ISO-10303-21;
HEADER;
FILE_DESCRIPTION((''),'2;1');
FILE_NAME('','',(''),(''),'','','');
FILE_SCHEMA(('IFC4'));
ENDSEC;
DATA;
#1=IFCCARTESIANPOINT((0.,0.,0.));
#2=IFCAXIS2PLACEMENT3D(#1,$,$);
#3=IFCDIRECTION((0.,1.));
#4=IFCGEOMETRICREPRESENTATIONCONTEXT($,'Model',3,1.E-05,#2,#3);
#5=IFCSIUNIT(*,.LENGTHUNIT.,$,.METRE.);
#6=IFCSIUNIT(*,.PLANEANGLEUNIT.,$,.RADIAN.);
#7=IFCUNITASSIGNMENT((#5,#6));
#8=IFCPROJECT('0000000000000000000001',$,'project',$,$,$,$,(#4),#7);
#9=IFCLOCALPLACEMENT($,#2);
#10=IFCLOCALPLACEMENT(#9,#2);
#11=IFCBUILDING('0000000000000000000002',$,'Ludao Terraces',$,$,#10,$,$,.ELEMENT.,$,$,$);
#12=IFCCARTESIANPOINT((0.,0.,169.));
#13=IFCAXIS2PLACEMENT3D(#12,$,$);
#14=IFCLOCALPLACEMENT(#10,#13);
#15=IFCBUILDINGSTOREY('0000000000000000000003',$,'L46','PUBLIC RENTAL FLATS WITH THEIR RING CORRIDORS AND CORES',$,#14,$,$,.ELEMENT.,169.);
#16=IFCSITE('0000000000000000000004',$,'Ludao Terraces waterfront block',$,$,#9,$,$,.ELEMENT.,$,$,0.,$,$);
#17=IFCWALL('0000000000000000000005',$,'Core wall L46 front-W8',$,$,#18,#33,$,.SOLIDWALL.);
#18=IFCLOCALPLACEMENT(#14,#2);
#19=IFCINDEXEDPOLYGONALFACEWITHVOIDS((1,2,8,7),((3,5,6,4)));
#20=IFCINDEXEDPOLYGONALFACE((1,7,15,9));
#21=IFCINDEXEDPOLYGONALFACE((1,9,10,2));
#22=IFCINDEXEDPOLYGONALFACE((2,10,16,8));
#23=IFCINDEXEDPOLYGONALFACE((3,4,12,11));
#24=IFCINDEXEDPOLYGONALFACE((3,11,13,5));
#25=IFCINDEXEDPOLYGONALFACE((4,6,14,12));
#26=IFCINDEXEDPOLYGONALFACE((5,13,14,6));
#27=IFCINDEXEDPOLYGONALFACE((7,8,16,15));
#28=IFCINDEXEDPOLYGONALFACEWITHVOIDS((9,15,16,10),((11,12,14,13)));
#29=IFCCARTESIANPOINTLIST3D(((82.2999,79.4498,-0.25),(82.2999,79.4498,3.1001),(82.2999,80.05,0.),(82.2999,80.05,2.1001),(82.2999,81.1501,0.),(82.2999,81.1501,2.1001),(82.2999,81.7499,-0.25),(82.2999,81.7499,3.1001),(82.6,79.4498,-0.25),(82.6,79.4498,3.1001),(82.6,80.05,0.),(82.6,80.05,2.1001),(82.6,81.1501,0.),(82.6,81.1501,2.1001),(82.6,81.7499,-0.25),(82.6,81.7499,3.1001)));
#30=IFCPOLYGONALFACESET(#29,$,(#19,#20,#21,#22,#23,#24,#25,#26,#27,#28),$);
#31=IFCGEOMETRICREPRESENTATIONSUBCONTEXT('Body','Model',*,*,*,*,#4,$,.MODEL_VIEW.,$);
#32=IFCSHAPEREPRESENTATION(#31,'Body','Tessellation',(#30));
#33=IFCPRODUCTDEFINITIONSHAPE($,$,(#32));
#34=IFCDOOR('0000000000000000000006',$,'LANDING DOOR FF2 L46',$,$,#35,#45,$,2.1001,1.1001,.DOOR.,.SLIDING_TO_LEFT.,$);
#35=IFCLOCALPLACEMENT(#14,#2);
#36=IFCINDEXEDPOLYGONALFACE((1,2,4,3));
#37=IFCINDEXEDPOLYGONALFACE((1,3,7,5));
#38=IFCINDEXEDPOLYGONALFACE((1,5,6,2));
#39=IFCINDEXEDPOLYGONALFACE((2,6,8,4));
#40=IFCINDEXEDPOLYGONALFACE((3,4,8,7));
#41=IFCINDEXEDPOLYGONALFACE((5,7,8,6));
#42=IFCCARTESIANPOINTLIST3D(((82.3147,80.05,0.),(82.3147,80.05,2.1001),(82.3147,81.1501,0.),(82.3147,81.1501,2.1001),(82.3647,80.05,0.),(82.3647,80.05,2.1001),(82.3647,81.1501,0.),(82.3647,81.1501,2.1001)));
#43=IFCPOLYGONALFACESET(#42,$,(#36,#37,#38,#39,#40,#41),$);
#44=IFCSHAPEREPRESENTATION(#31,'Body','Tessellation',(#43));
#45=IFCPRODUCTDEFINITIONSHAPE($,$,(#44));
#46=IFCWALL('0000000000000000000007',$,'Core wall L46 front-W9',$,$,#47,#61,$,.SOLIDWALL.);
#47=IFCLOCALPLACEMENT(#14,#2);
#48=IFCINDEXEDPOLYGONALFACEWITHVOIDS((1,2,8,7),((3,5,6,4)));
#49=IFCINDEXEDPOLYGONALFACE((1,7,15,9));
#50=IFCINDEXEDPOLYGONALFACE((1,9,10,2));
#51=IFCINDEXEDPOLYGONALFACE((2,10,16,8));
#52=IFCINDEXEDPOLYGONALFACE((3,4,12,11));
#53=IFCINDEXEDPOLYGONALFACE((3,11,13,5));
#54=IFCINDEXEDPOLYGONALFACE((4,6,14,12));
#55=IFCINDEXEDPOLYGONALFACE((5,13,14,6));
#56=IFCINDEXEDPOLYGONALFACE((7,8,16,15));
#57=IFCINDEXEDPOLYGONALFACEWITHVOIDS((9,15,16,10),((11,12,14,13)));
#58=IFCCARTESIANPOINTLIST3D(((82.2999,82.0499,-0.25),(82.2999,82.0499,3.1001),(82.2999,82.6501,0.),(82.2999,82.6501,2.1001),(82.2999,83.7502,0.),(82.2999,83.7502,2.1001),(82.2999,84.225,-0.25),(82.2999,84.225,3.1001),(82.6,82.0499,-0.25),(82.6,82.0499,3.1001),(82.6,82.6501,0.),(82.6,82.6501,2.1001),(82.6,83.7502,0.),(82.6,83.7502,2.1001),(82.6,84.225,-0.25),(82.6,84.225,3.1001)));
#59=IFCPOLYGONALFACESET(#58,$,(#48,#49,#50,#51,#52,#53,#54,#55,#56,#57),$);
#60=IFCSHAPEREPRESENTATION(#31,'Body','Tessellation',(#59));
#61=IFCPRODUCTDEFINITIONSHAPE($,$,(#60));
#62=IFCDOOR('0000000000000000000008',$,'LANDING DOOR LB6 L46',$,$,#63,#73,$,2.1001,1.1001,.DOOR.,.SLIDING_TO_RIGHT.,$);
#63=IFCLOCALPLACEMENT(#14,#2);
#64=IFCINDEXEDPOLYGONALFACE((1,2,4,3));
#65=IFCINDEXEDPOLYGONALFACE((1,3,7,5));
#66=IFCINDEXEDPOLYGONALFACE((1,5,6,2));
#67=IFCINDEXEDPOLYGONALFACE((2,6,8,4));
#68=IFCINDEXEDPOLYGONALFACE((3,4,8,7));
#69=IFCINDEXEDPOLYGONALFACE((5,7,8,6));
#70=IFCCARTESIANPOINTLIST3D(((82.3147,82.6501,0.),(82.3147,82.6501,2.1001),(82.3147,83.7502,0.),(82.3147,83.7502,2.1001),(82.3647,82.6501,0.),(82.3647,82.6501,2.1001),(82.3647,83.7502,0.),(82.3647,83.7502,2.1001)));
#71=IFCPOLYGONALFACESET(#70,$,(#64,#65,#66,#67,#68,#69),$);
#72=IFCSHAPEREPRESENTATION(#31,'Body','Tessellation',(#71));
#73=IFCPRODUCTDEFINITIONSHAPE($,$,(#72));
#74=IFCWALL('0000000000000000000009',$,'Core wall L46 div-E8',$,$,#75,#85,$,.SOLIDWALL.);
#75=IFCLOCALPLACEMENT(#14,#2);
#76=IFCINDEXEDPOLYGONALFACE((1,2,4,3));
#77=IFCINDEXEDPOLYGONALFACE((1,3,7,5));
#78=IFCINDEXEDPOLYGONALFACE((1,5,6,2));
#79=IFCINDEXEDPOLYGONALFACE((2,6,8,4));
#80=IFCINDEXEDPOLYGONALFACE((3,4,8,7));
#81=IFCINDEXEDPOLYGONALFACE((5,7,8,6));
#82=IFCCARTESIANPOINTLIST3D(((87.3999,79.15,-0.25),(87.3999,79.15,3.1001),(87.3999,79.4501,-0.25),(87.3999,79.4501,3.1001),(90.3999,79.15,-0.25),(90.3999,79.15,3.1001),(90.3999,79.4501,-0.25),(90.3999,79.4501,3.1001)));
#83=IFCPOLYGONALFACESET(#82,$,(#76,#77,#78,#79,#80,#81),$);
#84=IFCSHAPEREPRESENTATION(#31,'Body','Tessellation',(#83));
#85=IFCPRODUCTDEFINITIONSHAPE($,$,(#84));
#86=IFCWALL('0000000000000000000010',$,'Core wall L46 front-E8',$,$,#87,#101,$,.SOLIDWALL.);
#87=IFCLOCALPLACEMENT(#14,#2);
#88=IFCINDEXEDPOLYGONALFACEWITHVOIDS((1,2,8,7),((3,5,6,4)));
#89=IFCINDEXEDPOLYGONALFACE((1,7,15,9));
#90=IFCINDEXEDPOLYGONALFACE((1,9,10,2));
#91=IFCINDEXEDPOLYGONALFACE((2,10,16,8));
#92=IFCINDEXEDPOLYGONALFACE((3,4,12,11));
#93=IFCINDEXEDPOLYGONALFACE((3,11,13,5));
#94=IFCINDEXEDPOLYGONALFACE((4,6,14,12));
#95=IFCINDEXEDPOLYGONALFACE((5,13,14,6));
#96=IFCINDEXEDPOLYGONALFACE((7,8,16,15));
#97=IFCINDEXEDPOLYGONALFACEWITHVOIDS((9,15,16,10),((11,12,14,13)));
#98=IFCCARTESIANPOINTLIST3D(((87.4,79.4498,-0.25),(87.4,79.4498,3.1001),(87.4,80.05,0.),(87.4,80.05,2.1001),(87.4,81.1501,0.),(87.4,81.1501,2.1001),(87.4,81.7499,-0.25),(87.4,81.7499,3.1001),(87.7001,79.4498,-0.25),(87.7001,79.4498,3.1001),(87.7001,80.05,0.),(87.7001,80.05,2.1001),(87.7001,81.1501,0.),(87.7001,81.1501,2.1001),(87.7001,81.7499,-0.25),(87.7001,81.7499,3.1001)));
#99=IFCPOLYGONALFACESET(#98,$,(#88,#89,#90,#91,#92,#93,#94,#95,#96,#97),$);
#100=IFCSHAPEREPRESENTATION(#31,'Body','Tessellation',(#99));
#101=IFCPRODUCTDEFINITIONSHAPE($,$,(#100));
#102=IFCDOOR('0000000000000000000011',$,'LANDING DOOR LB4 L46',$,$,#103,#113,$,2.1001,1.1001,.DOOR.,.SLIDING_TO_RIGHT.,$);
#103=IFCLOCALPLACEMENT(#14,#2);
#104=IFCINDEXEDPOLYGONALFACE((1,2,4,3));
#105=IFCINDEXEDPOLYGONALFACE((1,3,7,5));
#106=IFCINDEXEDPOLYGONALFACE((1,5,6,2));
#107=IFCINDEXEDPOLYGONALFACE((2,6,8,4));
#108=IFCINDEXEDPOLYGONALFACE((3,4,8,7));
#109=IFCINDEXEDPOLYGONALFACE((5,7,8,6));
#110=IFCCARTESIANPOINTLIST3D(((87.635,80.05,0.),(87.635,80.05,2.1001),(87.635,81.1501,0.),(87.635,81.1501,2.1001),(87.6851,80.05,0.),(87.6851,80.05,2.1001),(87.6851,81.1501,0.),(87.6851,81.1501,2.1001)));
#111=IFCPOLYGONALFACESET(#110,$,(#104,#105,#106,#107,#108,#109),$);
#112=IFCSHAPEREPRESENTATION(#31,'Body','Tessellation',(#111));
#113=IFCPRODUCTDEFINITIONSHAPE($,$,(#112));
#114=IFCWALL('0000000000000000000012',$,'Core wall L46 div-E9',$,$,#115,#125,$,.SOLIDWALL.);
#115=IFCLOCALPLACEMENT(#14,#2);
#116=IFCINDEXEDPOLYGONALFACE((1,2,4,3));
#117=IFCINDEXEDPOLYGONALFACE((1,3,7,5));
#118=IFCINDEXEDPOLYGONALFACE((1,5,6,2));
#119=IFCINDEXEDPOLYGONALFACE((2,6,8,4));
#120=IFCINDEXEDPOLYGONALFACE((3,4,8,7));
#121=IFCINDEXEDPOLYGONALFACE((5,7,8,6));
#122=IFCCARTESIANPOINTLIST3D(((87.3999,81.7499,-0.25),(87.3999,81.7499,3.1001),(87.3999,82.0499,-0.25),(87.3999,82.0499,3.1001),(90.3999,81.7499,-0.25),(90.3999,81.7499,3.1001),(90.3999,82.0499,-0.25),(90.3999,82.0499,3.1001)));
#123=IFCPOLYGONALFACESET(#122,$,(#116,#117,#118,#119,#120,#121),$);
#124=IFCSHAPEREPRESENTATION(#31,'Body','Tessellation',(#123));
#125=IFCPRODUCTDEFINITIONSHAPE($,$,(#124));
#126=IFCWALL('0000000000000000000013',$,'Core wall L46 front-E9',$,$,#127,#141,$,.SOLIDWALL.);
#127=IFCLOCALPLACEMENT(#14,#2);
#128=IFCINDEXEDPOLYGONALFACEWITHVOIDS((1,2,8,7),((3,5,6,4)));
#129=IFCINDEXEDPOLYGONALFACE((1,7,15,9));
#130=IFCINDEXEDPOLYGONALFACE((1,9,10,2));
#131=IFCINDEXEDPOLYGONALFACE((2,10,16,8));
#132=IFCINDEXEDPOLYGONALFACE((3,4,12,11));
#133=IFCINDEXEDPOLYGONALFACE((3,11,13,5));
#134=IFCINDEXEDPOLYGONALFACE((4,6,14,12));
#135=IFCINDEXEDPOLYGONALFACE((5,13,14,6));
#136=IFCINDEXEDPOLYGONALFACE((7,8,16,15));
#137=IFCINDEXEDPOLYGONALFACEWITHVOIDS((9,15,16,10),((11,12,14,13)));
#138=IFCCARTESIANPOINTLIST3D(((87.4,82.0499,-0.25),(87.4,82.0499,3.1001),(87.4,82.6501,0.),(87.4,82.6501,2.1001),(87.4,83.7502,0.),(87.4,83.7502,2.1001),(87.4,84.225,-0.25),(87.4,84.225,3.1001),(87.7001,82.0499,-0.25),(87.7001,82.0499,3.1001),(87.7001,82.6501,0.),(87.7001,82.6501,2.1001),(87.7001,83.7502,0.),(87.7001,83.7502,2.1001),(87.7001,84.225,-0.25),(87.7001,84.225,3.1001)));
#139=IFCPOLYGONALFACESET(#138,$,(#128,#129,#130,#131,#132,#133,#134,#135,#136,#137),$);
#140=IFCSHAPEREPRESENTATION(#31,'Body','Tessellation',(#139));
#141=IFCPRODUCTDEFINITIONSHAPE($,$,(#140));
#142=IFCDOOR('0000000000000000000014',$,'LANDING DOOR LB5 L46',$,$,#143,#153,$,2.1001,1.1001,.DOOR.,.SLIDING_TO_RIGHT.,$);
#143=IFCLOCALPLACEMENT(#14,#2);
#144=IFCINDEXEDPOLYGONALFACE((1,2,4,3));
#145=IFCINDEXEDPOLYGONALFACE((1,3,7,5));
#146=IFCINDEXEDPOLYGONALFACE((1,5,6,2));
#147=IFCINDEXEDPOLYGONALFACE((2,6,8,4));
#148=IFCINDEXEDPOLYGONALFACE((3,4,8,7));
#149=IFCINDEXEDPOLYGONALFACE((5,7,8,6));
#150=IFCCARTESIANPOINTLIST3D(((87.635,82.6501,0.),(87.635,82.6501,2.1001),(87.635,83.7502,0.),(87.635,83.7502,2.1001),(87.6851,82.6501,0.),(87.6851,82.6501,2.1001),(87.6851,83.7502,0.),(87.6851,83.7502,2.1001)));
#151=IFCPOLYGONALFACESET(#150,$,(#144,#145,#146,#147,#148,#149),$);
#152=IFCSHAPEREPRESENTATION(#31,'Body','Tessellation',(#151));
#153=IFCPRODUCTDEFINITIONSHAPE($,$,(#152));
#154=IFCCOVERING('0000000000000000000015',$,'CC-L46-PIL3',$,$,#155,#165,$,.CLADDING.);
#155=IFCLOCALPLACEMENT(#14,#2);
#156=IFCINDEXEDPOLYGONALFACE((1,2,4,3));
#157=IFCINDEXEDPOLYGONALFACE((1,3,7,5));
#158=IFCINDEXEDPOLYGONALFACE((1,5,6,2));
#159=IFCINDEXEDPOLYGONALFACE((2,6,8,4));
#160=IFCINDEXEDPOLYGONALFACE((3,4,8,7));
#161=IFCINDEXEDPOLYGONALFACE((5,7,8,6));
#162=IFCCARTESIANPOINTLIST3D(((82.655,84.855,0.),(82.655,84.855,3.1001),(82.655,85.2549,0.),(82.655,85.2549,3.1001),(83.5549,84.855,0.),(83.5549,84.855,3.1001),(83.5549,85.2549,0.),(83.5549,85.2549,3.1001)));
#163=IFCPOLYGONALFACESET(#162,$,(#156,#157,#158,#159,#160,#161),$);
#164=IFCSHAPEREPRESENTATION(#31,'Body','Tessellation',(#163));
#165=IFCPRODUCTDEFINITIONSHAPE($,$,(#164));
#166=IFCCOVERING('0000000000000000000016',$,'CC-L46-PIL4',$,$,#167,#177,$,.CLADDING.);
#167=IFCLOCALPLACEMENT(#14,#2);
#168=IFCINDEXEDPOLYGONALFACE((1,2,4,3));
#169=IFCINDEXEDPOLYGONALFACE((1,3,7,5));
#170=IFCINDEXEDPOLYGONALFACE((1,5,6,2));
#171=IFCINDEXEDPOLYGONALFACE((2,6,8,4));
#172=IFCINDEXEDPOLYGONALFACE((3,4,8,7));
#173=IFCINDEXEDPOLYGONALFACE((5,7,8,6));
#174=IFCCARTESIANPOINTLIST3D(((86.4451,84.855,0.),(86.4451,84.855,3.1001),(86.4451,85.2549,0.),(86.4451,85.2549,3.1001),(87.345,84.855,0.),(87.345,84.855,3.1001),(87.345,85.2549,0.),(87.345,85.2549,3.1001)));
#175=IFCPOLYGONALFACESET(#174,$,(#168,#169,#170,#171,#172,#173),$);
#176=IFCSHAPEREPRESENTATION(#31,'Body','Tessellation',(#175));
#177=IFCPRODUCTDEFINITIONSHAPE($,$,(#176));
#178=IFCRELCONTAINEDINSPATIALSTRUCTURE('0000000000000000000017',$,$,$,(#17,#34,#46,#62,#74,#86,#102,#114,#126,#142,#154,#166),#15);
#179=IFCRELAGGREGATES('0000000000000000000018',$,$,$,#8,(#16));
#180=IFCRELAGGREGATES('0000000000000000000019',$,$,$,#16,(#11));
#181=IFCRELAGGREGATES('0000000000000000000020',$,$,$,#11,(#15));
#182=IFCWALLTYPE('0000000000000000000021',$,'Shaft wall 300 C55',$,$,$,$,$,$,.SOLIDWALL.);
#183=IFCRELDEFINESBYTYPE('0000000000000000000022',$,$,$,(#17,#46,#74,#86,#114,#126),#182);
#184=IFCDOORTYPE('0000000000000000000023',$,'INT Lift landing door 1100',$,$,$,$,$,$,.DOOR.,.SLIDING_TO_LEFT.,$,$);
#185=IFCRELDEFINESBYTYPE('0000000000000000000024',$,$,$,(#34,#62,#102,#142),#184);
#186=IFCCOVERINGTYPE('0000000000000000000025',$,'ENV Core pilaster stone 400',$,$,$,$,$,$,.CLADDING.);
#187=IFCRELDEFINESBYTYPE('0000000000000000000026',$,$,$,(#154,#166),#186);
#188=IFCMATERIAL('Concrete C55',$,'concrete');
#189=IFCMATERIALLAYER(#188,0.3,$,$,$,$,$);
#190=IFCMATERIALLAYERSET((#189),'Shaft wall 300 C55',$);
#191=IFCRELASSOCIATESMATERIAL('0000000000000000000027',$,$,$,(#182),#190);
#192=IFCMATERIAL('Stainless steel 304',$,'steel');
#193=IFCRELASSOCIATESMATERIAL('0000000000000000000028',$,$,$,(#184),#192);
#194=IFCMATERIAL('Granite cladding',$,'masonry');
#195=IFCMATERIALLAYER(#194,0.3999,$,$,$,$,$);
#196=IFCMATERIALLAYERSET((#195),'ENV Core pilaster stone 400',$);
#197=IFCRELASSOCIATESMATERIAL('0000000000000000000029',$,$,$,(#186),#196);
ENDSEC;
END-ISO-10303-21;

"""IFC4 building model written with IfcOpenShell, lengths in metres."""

from ifc_helpers import new_model, si_unit, direction, frame, frame_2d, origin, origin_2d, place, context, subcontext, project, spatial, rectangle, extrude, material, layer, layer_set, type_object, element, fill, save


model = new_model("IFC4")

# Units and contexts
model_context = context("Model", 3, precision=1e-05, world=origin(), true_north=direction((0.0, 1.0)))
body_context = subcontext(model_context, "Body", "Model", "MODEL_VIEW")
ifc_project = project(units=[si_unit("LENGTHUNIT", "METRE"), si_unit("PLANEANGLEUNIT", "RADIAN")], contexts=[model_context])

# Site, building, storey
site_placement = place(None, origin())
site = spatial("IfcSite", under=ifc_project, at=site_placement, Name="Ludao Terraces waterfront block", CompositionType="ELEMENT", RefElevation=0.0)
building_placement = place(site_placement, origin())
building = spatial("IfcBuilding", under=site, at=building_placement, Name="Ludao Terraces", CompositionType="ELEMENT")
storey_placement = place(building_placement, frame((0.0, 0.0, 169.0)))
storey = spatial("IfcBuildingStorey", under=building, at=storey_placement, Name="L46", Description="PUBLIC RENTAL FLATS WITH THEIR RING CORRIDORS AND CORES", CompositionType="ELEMENT", Elevation=169.0)

# Walls, openings, doors
ifc_material_1 = material(Name="Concrete C55", Category="concrete")
ifc_layer_1 = layer(ifc_material_1, 0.3)
ifc_layer_set_1 = layer_set([ifc_layer_1], Name="Shaft wall 300 C55")
wall_type = type_object("IfcWallType", Name="Shaft wall 300 C55", PredefinedType="SOLIDWALL", material=ifc_layer_set_1)
wall_1_placement = place(storey_placement, frame((82.45, 79.45, -0.25), z_axis=(0.0, 0.0, 1.0), x_axis=(0.0, 1.0, 0.0)))
wall_1 = element("IfcWall", 1, at=wall_1_placement, inside=storey, type_object=wall_type, Name="Core wall L46 front-W8", PredefinedType="SOLIDWALL", context=body_context, shape_type="SweptSolid", body=[
    extrude(rectangle(XDim=2.3, YDim=0.3, at=frame_2d((1.1499, 0.0))), origin(), (0.0, 0.0, 1.0), 3.3501),
])
opening_1_placement = place(wall_1_placement, frame((0.6001, 0.0, 0.25)))
opening_1 = element("IfcOpeningElement", 2, at=opening_1_placement, cuts=wall_1, PredefinedType="OPENING", context=body_context, shape_type="SweptSolid", body=[
    extrude(rectangle(XDim=1.1001, YDim=2.1001, at=frame_2d((0.55, 1.05))), frame((0.0, 0.1602, 0.0), z_axis=(0.0, -1.0, 0.0), x_axis=(1.0, 0.0, 0.0)), (0.0, 0.0, 1.0), 0.3201),
])
ifc_material_2 = material(Name="Stainless steel 304", Category="steel")
door_type = type_object("IfcDoorType", Name="INT Lift landing door 1100", OperationType="SLIDING_TO_LEFT", PredefinedType="DOOR", material=ifc_material_2)
door_1_placement = place(opening_1_placement, origin())
door_1 = element("IfcDoor", 3, at=door_1_placement, inside=storey, type_object=door_type, Name="LANDING DOOR FF2 L46", OperationType="SLIDING_TO_LEFT", OverallHeight=2.1001, OverallWidth=1.1001, PredefinedType="DOOR", context=body_context, shape_type="SweptSolid", body=[
    extrude(rectangle(XDim=1.1001, YDim=2.1001, at=frame_2d((0.55, 1.05))), frame((0.0, 0.1353, 0.0), z_axis=(0.0, -1.0, 0.0), x_axis=(1.0, 0.0, 0.0)), (0.0, 0.0, 1.0), 0.05),
])
fill(opening_1, door_1)
wall_2_placement = place(storey_placement, frame((82.45, 82.05, -0.25), z_axis=(0.0, 0.0, 1.0), x_axis=(0.0, 1.0, 0.0)))
wall_2 = element("IfcWall", 4, at=wall_2_placement, inside=storey, type_object=wall_type, Name="Core wall L46 front-W9", PredefinedType="SOLIDWALL", context=body_context, shape_type="SweptSolid", body=[
    extrude(rectangle(XDim=2.175, YDim=0.3, at=frame_2d((1.0874, 0.0))), origin(), (0.0, 0.0, 1.0), 3.3501),
])
opening_2_placement = place(wall_2_placement, frame((0.6001, 0.0, 0.25)))
opening_2 = element("IfcOpeningElement", 5, at=opening_2_placement, cuts=wall_2, PredefinedType="OPENING", context=body_context, shape_type="SweptSolid", body=[
    extrude(rectangle(XDim=1.1001, YDim=2.1001, at=frame_2d((0.55, 1.05))), frame((0.0, 0.1602, 0.0), z_axis=(0.0, -1.0, 0.0), x_axis=(1.0, 0.0, 0.0)), (0.0, 0.0, 1.0), 0.3201),
])
door_2_placement = place(opening_2_placement, origin())
door_2 = element("IfcDoor", 6, at=door_2_placement, inside=storey, type_object=door_type, Name="LANDING DOOR LB6 L46", OperationType="SLIDING_TO_RIGHT", OverallHeight=2.1001, OverallWidth=1.1001, PredefinedType="DOOR", context=body_context, shape_type="SweptSolid", body=[
    extrude(rectangle(XDim=1.1001, YDim=2.1001, at=frame_2d((0.55, 1.05))), frame((0.0, 0.1353, 0.0), z_axis=(0.0, -1.0, 0.0), x_axis=(1.0, 0.0, 0.0)), (0.0, 0.0, 1.0), 0.05),
])
fill(opening_2, door_2)

# Wall
wall_3_placement = place(storey_placement, frame((87.3999, 79.3, -0.25), z_axis=(0.0, 0.0, 1.0), x_axis=(1.0, 0.0, 0.0)))
element("IfcWall", 7, at=wall_3_placement, inside=storey, type_object=wall_type, Name="Core wall L46 div-E8", PredefinedType="SOLIDWALL", context=body_context, shape_type="SweptSolid", body=[
    extrude(rectangle(XDim=3.0, YDim=0.3, at=frame_2d((1.5, 0.0))), origin(), (0.0, 0.0, 1.0), 3.3501),
])

# Wall, opening, door
wall_4_placement = place(storey_placement, frame((87.55, 79.45, -0.25), z_axis=(0.0, 0.0, 1.0), x_axis=(0.0, 1.0, 0.0)))
wall_4 = element("IfcWall", 8, at=wall_4_placement, inside=storey, type_object=wall_type, Name="Core wall L46 front-E8", PredefinedType="SOLIDWALL", context=body_context, shape_type="SweptSolid", body=[
    extrude(rectangle(XDim=2.3, YDim=0.3, at=frame_2d((1.1499, 0.0))), origin(), (0.0, 0.0, 1.0), 3.3501),
])
opening_3_placement = place(wall_4_placement, frame((0.6001, 0.0, 0.25)))
opening_3 = element("IfcOpeningElement", 9, at=opening_3_placement, cuts=wall_4, PredefinedType="OPENING", context=body_context, shape_type="SweptSolid", body=[
    extrude(rectangle(XDim=1.1001, YDim=2.1001, at=frame_2d((0.55, 1.05))), frame((0.0, 0.1602, 0.0), z_axis=(0.0, -1.0, 0.0), x_axis=(1.0, 0.0, 0.0)), (0.0, 0.0, 1.0), 0.3201),
])
door_3_placement = place(opening_3_placement, origin())
door_3 = element("IfcDoor", 10, at=door_3_placement, inside=storey, type_object=door_type, Name="LANDING DOOR LB4 L46", OperationType="SLIDING_TO_RIGHT", OverallHeight=2.1001, OverallWidth=1.1001, PredefinedType="DOOR", context=body_context, shape_type="SweptSolid", body=[
    extrude(rectangle(XDim=1.1001, YDim=2.1001, at=frame_2d((0.55, 1.05))), frame((0.0, -0.085, 0.0), z_axis=(0.0, -1.0, 0.0), x_axis=(1.0, 0.0, 0.0)), (0.0, 0.0, 1.0), 0.05),
])
fill(opening_3, door_3)

# Wall
wall_5_placement = place(storey_placement, frame((87.3999, 81.8999, -0.25), z_axis=(0.0, 0.0, 1.0), x_axis=(1.0, 0.0, 0.0)))
element("IfcWall", 11, at=wall_5_placement, inside=storey, type_object=wall_type, Name="Core wall L46 div-E9", PredefinedType="SOLIDWALL", context=body_context, shape_type="SweptSolid", body=[
    extrude(rectangle(XDim=3.0, YDim=0.3, at=frame_2d((1.5, 0.0))), origin(), (0.0, 0.0, 1.0), 3.3501),
])

# Wall, opening, door
wall_6_placement = place(storey_placement, frame((87.55, 82.05, -0.25), z_axis=(0.0, 0.0, 1.0), x_axis=(0.0, 1.0, 0.0)))
wall_6 = element("IfcWall", 12, at=wall_6_placement, inside=storey, type_object=wall_type, Name="Core wall L46 front-E9", PredefinedType="SOLIDWALL", context=body_context, shape_type="SweptSolid", body=[
    extrude(rectangle(XDim=2.175, YDim=0.3, at=frame_2d((1.0874, 0.0))), origin(), (0.0, 0.0, 1.0), 3.3501),
])
opening_4_placement = place(wall_6_placement, frame((0.6001, 0.0, 0.25)))
opening_4 = element("IfcOpeningElement", 13, at=opening_4_placement, cuts=wall_6, PredefinedType="OPENING", context=body_context, shape_type="SweptSolid", body=[
    extrude(rectangle(XDim=1.1001, YDim=2.1001, at=frame_2d((0.55, 1.05))), frame((0.0, 0.1602, 0.0), z_axis=(0.0, -1.0, 0.0), x_axis=(1.0, 0.0, 0.0)), (0.0, 0.0, 1.0), 0.3201),
])
door_4_placement = place(opening_4_placement, origin())
door_4 = element("IfcDoor", 14, at=door_4_placement, inside=storey, type_object=door_type, Name="LANDING DOOR LB5 L46", OperationType="SLIDING_TO_RIGHT", OverallHeight=2.1001, OverallWidth=1.1001, PredefinedType="DOOR", context=body_context, shape_type="SweptSolid", body=[
    extrude(rectangle(XDim=1.1001, YDim=2.1001, at=frame_2d((0.55, 1.05))), frame((0.0, -0.085, 0.0), z_axis=(0.0, -1.0, 0.0), x_axis=(1.0, 0.0, 0.0)), (0.0, 0.0, 1.0), 0.05),
])
fill(opening_4, door_4)

# Coverings
ifc_material_3 = material(Name="Granite cladding", Category="masonry")
ifc_layer_2 = layer(ifc_material_3, 0.3999)
ifc_layer_set_2 = layer_set([ifc_layer_2], Name="ENV Core pilaster stone 400")
covering_type_1 = type_object("IfcCoveringType", Name="ENV Core pilaster stone 400", PredefinedType="CLADDING", material=ifc_layer_set_2)
for number, where, z_axis, x_axis, name in (
    (15, (83.105, 85.0549, 0.0), (0.0, 0.0, 1.0), (1.0, 0.0, 0.0), "CC-L46-PIL3"),
    (16, (86.895, 85.0549, 0.0), (0.0, 0.0, 1.0), (1.0, 0.0, 0.0), "CC-L46-PIL4"),
):
    element("IfcCovering", number, at=place(storey_placement, frame(where, z_axis=z_axis, x_axis=x_axis)), inside=storey, type_object=covering_type_1, Name=name, PredefinedType="CLADDING", context=body_context, shape_type="SweptSolid", body=[
        extrude(rectangle(XDim=0.8999, YDim=0.3999, at=origin_2d()), origin(), (0.0, 0.0, 1.0), 3.1001),
    ])

save(model, "model.ifc")
